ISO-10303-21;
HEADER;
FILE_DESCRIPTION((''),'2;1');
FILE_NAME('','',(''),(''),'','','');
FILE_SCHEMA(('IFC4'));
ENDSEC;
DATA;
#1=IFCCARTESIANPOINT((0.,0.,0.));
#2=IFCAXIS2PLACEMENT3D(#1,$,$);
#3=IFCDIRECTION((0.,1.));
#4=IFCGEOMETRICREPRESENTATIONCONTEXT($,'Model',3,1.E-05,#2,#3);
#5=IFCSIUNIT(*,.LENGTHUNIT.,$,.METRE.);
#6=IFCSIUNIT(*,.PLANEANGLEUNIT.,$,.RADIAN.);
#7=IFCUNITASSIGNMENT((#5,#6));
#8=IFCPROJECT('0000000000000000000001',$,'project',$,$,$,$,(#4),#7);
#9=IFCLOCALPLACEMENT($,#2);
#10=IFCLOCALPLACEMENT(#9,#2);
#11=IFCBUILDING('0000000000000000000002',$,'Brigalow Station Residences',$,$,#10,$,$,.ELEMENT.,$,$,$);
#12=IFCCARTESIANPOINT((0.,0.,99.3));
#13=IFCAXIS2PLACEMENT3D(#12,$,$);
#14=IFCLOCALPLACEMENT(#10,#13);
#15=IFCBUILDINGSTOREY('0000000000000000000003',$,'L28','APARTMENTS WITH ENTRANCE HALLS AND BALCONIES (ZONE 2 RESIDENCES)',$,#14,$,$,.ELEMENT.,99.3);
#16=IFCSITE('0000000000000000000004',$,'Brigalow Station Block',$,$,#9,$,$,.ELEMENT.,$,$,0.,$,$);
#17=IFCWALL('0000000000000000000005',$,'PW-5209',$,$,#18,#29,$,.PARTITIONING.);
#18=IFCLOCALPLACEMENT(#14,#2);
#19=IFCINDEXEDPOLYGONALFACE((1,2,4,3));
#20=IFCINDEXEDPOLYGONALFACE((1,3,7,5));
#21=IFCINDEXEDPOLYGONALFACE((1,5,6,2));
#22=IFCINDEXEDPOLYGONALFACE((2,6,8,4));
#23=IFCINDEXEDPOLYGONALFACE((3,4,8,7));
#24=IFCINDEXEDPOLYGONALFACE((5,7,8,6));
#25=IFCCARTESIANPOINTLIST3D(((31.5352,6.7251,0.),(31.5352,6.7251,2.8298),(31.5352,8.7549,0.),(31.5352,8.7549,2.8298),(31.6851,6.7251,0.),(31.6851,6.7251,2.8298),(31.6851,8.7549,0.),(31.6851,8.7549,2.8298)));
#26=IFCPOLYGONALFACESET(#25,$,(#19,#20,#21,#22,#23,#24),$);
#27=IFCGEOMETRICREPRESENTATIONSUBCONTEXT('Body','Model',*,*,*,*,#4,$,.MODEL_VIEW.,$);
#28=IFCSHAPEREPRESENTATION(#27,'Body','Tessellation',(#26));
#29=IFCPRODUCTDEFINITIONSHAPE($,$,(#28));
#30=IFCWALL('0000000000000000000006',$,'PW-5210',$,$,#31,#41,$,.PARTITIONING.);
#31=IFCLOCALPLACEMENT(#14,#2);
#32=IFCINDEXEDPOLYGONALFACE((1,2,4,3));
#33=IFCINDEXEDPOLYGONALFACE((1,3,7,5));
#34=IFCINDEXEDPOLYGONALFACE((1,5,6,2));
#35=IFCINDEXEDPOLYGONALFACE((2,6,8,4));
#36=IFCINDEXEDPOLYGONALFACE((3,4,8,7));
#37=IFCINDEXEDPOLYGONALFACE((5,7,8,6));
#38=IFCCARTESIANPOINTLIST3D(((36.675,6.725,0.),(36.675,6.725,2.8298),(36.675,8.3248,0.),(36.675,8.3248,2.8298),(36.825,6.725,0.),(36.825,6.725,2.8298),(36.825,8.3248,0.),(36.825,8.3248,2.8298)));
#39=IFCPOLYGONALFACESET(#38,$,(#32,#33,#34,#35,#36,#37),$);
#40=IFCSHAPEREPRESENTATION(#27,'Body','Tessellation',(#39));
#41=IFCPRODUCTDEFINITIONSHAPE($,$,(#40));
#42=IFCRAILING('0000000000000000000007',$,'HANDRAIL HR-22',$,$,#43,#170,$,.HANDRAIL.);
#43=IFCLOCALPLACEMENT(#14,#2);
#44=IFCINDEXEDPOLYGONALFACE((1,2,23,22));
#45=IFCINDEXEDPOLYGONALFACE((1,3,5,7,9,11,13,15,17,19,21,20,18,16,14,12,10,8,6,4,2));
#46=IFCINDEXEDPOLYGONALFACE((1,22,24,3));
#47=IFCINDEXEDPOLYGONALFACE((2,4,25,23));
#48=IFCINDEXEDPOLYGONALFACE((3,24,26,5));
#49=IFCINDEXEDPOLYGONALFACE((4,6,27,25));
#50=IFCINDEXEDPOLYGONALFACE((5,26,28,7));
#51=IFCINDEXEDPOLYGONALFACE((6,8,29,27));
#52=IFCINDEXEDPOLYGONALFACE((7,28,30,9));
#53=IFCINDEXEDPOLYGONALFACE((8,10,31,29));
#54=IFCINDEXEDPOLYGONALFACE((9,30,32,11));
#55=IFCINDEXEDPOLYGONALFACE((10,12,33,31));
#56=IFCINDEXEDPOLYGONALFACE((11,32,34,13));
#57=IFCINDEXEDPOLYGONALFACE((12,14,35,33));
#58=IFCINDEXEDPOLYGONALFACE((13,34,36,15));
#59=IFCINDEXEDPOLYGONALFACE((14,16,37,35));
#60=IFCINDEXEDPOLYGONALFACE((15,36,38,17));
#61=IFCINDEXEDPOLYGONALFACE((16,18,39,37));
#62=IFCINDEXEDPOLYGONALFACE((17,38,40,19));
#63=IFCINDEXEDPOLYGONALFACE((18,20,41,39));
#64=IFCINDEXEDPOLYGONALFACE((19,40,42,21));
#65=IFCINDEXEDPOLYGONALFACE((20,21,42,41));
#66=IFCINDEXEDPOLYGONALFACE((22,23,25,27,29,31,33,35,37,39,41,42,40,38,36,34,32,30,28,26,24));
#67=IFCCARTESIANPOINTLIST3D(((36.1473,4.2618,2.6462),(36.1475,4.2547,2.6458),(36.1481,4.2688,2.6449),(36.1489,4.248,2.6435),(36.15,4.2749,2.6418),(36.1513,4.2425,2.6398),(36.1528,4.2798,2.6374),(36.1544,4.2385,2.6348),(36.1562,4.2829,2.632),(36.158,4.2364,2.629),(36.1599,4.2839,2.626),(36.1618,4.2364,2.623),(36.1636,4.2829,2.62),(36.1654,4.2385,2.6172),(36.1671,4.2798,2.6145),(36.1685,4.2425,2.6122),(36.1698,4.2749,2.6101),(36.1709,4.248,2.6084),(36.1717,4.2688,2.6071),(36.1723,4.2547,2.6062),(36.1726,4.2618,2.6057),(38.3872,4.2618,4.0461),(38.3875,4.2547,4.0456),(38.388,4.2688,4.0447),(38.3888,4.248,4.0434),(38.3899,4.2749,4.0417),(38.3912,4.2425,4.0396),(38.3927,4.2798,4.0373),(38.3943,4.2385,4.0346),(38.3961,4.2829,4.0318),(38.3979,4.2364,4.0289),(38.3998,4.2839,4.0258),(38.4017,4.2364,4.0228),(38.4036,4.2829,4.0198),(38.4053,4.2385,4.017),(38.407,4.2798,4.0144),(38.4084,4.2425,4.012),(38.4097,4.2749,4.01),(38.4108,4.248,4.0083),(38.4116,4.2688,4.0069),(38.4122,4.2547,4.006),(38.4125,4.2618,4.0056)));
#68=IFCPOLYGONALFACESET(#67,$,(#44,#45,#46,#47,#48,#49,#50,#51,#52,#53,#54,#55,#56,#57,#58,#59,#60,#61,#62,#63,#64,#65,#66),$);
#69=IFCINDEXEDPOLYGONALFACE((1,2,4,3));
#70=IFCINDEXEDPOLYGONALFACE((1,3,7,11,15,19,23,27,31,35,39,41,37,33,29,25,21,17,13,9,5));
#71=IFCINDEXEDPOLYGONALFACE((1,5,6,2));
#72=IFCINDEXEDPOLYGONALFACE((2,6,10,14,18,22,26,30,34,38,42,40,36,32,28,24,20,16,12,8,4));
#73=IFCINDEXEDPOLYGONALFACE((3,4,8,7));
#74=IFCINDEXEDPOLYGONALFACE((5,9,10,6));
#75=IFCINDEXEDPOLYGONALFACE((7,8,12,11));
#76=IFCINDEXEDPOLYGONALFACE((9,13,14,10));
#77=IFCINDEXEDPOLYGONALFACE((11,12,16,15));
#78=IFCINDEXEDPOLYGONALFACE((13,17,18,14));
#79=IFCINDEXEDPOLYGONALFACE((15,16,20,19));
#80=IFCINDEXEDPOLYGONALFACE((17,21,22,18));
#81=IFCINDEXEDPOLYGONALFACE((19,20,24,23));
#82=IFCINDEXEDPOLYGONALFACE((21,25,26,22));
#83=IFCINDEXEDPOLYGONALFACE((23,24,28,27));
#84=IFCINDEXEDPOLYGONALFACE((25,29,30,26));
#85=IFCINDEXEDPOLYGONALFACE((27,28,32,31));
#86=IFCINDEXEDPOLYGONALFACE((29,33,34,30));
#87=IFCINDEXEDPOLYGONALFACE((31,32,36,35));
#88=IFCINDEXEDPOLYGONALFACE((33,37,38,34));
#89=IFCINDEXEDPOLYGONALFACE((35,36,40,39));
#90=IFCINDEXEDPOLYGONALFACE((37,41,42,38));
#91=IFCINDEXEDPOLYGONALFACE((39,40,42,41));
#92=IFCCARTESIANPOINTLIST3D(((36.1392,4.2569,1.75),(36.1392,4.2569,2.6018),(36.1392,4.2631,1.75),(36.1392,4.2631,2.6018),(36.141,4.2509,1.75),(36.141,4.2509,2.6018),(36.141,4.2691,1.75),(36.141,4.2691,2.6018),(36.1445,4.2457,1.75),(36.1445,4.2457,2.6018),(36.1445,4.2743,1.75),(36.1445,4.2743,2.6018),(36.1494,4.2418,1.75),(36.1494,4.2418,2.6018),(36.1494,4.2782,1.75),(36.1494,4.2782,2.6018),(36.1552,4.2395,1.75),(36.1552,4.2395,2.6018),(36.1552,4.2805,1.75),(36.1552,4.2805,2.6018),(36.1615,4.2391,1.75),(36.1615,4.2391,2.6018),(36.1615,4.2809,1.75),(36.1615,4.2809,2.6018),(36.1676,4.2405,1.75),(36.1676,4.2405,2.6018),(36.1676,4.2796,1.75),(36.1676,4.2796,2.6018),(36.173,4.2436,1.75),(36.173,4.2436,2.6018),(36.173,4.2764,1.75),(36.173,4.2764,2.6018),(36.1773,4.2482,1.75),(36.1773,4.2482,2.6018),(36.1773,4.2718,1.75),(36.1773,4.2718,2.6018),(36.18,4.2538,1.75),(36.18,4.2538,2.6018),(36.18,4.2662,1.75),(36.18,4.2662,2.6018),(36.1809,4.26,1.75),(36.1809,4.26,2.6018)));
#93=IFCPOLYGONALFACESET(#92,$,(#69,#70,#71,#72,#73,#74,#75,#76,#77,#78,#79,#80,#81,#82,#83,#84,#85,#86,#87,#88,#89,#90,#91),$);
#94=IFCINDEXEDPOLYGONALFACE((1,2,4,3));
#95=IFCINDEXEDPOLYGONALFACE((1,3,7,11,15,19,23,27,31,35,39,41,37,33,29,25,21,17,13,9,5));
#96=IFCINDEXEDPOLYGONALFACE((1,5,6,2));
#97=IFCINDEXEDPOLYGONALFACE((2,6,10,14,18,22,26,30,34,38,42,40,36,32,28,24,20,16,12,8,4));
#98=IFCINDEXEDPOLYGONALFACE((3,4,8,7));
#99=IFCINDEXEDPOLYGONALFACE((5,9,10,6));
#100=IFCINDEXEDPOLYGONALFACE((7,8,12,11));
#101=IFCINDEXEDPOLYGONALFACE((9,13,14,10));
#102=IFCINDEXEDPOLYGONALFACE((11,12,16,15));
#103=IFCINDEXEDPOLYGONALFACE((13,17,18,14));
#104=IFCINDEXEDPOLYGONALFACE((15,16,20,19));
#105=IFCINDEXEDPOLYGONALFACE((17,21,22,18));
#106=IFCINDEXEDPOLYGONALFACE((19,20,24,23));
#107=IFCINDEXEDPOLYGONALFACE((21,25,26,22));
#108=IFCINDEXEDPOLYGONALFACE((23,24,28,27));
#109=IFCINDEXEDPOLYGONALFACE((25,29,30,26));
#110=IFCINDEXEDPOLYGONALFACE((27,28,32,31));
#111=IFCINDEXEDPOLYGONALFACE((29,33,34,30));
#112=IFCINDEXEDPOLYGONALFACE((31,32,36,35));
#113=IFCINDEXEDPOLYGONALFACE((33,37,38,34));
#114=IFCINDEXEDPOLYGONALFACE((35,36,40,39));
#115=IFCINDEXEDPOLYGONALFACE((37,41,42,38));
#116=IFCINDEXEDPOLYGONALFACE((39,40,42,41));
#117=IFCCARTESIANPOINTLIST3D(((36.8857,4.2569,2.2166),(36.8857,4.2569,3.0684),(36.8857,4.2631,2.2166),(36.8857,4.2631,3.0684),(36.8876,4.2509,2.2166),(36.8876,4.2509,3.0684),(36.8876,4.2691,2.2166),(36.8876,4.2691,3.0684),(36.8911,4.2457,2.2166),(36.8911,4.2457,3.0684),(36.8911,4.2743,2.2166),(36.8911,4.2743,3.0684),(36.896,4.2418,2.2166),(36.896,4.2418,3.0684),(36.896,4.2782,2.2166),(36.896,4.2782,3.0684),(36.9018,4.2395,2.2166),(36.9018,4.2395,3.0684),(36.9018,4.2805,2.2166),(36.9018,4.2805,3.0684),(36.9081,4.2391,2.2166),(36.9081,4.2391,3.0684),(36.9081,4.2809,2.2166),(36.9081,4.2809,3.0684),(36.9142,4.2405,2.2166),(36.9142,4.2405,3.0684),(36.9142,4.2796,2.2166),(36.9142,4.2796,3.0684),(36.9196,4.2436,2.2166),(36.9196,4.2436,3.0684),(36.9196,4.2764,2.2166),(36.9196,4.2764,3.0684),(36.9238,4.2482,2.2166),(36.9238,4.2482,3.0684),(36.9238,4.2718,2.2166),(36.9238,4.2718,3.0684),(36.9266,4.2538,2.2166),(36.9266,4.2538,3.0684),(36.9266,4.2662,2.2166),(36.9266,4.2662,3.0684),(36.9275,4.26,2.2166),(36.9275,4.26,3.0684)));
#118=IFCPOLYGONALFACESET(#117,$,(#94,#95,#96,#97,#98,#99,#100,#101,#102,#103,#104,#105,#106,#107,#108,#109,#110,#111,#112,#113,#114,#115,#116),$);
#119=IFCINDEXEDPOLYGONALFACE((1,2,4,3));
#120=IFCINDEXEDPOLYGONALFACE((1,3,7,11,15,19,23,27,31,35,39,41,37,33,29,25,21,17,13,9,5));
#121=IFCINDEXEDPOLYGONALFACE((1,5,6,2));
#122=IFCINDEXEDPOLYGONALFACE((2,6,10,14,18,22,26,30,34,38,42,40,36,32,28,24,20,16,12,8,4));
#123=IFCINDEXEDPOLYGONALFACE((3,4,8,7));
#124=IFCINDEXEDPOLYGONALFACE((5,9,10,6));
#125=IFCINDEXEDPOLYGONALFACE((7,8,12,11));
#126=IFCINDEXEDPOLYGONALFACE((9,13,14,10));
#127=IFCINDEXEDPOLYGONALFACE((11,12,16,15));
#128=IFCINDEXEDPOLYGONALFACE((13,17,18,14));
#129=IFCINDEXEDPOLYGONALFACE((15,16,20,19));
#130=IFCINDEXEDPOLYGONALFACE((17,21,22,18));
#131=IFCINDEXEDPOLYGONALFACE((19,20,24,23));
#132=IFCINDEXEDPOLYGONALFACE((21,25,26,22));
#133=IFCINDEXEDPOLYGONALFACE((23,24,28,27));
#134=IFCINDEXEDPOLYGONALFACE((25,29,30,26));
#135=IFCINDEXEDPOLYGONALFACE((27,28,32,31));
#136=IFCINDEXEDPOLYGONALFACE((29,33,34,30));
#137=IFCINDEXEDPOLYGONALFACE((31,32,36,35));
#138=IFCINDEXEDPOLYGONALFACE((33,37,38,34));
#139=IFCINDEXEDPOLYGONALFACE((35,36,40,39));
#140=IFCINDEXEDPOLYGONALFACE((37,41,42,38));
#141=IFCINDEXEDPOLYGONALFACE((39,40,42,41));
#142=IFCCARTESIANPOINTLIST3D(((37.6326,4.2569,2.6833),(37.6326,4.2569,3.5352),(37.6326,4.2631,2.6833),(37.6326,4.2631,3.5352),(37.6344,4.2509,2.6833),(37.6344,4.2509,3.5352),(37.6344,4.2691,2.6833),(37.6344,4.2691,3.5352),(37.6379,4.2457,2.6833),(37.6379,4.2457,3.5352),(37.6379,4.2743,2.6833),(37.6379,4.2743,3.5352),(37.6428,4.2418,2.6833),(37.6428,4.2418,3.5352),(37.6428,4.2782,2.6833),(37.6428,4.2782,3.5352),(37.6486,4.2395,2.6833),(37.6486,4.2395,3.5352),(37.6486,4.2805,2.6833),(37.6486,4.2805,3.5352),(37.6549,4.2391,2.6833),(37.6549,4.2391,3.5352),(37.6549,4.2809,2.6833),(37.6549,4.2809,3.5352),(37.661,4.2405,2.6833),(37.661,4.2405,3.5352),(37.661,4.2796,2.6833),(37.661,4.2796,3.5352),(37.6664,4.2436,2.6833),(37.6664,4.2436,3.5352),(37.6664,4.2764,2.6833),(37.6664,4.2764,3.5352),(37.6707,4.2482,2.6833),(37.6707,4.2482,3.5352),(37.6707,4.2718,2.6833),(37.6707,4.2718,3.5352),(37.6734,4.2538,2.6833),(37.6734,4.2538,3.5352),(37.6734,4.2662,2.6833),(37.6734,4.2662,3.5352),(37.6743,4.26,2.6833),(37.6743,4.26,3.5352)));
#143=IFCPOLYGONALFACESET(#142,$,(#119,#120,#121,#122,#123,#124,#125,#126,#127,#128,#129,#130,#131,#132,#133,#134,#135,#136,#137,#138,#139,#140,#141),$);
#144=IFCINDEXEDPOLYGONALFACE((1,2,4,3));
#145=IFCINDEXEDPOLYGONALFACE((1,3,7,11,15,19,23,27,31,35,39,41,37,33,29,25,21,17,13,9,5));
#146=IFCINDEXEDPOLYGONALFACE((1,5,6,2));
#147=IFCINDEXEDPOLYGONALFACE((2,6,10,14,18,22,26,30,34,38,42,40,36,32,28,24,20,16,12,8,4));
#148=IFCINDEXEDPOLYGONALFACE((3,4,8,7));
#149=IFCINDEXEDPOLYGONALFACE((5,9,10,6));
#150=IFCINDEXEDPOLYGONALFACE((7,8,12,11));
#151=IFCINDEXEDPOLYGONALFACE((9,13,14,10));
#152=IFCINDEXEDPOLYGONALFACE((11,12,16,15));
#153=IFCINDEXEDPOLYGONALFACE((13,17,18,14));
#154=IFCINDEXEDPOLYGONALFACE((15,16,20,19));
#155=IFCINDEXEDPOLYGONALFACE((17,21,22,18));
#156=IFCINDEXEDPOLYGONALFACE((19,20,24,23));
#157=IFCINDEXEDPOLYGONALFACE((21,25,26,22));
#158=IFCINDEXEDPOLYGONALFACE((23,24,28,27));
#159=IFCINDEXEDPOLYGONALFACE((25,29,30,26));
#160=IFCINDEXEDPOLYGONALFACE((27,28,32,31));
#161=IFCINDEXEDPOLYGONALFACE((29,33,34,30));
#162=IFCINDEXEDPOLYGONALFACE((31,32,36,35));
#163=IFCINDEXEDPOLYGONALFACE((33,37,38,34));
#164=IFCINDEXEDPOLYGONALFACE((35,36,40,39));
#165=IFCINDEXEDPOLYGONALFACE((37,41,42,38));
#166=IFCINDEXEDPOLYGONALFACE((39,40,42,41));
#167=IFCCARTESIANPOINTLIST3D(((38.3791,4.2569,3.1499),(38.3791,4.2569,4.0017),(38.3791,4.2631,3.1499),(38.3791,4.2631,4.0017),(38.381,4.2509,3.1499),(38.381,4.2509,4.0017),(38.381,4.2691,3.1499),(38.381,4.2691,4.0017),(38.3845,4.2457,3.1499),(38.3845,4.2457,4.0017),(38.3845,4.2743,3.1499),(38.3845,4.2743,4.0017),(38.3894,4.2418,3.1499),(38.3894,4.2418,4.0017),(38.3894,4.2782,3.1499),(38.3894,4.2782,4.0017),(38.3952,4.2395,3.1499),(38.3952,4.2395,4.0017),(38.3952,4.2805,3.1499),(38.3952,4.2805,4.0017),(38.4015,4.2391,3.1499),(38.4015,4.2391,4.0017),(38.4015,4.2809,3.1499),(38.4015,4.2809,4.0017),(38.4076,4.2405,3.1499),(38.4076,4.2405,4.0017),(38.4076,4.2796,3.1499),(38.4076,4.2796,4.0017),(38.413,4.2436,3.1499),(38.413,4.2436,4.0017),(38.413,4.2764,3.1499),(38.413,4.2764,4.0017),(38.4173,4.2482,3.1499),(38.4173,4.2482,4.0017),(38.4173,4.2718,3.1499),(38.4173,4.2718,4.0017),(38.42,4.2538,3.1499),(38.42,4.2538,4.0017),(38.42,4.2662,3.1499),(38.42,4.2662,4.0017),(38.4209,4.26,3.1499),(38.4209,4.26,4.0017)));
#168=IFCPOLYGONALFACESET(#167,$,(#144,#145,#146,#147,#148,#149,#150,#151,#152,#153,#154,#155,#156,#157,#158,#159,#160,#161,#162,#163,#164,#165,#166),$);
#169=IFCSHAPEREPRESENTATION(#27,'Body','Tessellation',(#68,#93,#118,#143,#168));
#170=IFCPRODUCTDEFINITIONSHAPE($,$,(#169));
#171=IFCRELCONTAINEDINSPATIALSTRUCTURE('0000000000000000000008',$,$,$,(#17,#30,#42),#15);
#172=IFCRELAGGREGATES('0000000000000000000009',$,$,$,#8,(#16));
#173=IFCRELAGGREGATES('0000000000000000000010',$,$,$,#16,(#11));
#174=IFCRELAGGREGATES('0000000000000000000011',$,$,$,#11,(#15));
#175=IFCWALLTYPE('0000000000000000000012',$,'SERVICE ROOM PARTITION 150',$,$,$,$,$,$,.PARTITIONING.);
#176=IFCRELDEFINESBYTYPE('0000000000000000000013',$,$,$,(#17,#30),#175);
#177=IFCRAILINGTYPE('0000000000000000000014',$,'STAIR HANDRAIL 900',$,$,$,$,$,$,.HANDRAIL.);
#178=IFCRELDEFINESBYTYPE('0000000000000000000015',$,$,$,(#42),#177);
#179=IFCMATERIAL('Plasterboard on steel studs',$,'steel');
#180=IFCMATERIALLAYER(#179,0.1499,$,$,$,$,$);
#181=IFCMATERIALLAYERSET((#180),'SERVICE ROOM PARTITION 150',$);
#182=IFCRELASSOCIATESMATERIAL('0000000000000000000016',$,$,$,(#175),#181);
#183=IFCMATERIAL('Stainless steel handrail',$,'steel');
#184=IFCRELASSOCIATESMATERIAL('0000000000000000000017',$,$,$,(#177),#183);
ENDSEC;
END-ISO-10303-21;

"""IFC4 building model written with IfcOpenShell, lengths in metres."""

from ifc_helpers import new_model, si_unit, direction, frame, frame_2d, origin, origin_2d, place, context, subcontext, project, spatial, rectangle, circle, extrude, material, layer, layer_set, type_object, element, save


model = new_model("IFC4")

# Units and contexts
model_context = context("Model", 3, precision=1e-05, world=origin(), true_north=direction((0.0, 1.0)))
body_context = subcontext(model_context, "Body", "Model", "MODEL_VIEW")
ifc_project = project(units=[si_unit("LENGTHUNIT", "METRE"), si_unit("PLANEANGLEUNIT", "RADIAN")], contexts=[model_context])

# Site, building, storey
site_placement = place(None, origin())
site = spatial("IfcSite", under=ifc_project, at=site_placement, Name="Brigalow Station Block", CompositionType="ELEMENT", RefElevation=0.0)
building_placement = place(site_placement, origin())
building = spatial("IfcBuilding", under=site, at=building_placement, Name="Brigalow Station Residences", CompositionType="ELEMENT")
storey_placement = place(building_placement, frame((0.0, 0.0, 99.3)))
storey = spatial("IfcBuildingStorey", under=building, at=storey_placement, Name="L28", Description="APARTMENTS WITH ENTRANCE HALLS AND BALCONIES (ZONE 2 RESIDENCES)", CompositionType="ELEMENT", Elevation=99.3)

# Walls
ifc_material_1 = material(Name="Plasterboard on steel studs", Category="steel")
ifc_layer_1 = layer(ifc_material_1, 0.1499)
ifc_layer_set_1 = layer_set([ifc_layer_1], Name="SERVICE ROOM PARTITION 150")
wall_type_1 = type_object("IfcWallType", Name="SERVICE ROOM PARTITION 150", PredefinedType="PARTITIONING", material=ifc_layer_set_1)
for number, where, z_axis, x_axis, name in (
    (1, (31.6101, 6.7251, 0.0), (0.0, 0.0, 1.0), (0.0, 1.0, 0.0), "PW-5209"),
):
    element("IfcWall", number, at=place(storey_placement, frame(where, z_axis=z_axis, x_axis=x_axis)), inside=storey, type_object=wall_type_1, Name=name, PredefinedType="PARTITIONING", context=body_context, shape_type="SweptSolid", body=[
        extrude(rectangle(XDim=2.0298, YDim=0.1499, at=frame_2d((1.0149, 0.0))), origin(), (0.0, 0.0, 1.0), 2.8298),
    ])
wall_1_placement = place(storey_placement, frame((36.75, 6.7251, 0.0), z_axis=(0.0, 0.0, 1.0), x_axis=(0.0, 1.0, 0.0)))
element("IfcWall", 2, at=wall_1_placement, inside=storey, type_object=wall_type_1, Name="PW-5210", PredefinedType="PARTITIONING", context=body_context, shape_type="SweptSolid", body=[
    extrude(rectangle(XDim=1.5999, YDim=0.1499, at=frame_2d((0.7998, 0.0))), origin(), (0.0, 0.0, 1.0), 2.8298),
])

# Railing
ifc_material_2 = material(Name="Stainless steel handrail", Category="steel")
railing_type = type_object("IfcRailingType", Name="STAIR HANDRAIL 900", PredefinedType="HANDRAIL", material=ifc_material_2)
railing_placement = place(storey_placement, frame((36.1599, 4.26, 1.75)))
element("IfcRailing", 3, at=railing_placement, inside=storey, type_object=railing_type, Name="HANDRAIL HR-22", PredefinedType="HANDRAIL", context=body_context, shape_type="SweptSolid", body=[
    extrude(circle(Radius=0.0239, at=origin_2d()), frame((0.0, 0.0, 0.876), z_axis=(0.848014, 0.0, 0.529974), x_axis=(0.0, 1.0, 0.0)), (0.0, 0.0, 1.0), 2.6414),
    extrude(circle(Radius=0.021, at=origin_2d()), origin(), (0.0, 0.0, 1.0), 0.8518),
    extrude(circle(Radius=0.021, at=origin_2d()), frame((0.7466, 0.0, 0.4666)), (0.0, 0.0, 1.0), 0.8518),
    extrude(circle(Radius=0.021, at=origin_2d()), frame((1.4934, 0.0, 0.9333)), (0.0, 0.0, 1.0), 0.8518),
    extrude(circle(Radius=0.021, at=origin_2d()), frame((2.24, 0.0, 1.3999)), (0.0, 0.0, 1.0), 0.8518),
])

save(model, "model.ifc")
